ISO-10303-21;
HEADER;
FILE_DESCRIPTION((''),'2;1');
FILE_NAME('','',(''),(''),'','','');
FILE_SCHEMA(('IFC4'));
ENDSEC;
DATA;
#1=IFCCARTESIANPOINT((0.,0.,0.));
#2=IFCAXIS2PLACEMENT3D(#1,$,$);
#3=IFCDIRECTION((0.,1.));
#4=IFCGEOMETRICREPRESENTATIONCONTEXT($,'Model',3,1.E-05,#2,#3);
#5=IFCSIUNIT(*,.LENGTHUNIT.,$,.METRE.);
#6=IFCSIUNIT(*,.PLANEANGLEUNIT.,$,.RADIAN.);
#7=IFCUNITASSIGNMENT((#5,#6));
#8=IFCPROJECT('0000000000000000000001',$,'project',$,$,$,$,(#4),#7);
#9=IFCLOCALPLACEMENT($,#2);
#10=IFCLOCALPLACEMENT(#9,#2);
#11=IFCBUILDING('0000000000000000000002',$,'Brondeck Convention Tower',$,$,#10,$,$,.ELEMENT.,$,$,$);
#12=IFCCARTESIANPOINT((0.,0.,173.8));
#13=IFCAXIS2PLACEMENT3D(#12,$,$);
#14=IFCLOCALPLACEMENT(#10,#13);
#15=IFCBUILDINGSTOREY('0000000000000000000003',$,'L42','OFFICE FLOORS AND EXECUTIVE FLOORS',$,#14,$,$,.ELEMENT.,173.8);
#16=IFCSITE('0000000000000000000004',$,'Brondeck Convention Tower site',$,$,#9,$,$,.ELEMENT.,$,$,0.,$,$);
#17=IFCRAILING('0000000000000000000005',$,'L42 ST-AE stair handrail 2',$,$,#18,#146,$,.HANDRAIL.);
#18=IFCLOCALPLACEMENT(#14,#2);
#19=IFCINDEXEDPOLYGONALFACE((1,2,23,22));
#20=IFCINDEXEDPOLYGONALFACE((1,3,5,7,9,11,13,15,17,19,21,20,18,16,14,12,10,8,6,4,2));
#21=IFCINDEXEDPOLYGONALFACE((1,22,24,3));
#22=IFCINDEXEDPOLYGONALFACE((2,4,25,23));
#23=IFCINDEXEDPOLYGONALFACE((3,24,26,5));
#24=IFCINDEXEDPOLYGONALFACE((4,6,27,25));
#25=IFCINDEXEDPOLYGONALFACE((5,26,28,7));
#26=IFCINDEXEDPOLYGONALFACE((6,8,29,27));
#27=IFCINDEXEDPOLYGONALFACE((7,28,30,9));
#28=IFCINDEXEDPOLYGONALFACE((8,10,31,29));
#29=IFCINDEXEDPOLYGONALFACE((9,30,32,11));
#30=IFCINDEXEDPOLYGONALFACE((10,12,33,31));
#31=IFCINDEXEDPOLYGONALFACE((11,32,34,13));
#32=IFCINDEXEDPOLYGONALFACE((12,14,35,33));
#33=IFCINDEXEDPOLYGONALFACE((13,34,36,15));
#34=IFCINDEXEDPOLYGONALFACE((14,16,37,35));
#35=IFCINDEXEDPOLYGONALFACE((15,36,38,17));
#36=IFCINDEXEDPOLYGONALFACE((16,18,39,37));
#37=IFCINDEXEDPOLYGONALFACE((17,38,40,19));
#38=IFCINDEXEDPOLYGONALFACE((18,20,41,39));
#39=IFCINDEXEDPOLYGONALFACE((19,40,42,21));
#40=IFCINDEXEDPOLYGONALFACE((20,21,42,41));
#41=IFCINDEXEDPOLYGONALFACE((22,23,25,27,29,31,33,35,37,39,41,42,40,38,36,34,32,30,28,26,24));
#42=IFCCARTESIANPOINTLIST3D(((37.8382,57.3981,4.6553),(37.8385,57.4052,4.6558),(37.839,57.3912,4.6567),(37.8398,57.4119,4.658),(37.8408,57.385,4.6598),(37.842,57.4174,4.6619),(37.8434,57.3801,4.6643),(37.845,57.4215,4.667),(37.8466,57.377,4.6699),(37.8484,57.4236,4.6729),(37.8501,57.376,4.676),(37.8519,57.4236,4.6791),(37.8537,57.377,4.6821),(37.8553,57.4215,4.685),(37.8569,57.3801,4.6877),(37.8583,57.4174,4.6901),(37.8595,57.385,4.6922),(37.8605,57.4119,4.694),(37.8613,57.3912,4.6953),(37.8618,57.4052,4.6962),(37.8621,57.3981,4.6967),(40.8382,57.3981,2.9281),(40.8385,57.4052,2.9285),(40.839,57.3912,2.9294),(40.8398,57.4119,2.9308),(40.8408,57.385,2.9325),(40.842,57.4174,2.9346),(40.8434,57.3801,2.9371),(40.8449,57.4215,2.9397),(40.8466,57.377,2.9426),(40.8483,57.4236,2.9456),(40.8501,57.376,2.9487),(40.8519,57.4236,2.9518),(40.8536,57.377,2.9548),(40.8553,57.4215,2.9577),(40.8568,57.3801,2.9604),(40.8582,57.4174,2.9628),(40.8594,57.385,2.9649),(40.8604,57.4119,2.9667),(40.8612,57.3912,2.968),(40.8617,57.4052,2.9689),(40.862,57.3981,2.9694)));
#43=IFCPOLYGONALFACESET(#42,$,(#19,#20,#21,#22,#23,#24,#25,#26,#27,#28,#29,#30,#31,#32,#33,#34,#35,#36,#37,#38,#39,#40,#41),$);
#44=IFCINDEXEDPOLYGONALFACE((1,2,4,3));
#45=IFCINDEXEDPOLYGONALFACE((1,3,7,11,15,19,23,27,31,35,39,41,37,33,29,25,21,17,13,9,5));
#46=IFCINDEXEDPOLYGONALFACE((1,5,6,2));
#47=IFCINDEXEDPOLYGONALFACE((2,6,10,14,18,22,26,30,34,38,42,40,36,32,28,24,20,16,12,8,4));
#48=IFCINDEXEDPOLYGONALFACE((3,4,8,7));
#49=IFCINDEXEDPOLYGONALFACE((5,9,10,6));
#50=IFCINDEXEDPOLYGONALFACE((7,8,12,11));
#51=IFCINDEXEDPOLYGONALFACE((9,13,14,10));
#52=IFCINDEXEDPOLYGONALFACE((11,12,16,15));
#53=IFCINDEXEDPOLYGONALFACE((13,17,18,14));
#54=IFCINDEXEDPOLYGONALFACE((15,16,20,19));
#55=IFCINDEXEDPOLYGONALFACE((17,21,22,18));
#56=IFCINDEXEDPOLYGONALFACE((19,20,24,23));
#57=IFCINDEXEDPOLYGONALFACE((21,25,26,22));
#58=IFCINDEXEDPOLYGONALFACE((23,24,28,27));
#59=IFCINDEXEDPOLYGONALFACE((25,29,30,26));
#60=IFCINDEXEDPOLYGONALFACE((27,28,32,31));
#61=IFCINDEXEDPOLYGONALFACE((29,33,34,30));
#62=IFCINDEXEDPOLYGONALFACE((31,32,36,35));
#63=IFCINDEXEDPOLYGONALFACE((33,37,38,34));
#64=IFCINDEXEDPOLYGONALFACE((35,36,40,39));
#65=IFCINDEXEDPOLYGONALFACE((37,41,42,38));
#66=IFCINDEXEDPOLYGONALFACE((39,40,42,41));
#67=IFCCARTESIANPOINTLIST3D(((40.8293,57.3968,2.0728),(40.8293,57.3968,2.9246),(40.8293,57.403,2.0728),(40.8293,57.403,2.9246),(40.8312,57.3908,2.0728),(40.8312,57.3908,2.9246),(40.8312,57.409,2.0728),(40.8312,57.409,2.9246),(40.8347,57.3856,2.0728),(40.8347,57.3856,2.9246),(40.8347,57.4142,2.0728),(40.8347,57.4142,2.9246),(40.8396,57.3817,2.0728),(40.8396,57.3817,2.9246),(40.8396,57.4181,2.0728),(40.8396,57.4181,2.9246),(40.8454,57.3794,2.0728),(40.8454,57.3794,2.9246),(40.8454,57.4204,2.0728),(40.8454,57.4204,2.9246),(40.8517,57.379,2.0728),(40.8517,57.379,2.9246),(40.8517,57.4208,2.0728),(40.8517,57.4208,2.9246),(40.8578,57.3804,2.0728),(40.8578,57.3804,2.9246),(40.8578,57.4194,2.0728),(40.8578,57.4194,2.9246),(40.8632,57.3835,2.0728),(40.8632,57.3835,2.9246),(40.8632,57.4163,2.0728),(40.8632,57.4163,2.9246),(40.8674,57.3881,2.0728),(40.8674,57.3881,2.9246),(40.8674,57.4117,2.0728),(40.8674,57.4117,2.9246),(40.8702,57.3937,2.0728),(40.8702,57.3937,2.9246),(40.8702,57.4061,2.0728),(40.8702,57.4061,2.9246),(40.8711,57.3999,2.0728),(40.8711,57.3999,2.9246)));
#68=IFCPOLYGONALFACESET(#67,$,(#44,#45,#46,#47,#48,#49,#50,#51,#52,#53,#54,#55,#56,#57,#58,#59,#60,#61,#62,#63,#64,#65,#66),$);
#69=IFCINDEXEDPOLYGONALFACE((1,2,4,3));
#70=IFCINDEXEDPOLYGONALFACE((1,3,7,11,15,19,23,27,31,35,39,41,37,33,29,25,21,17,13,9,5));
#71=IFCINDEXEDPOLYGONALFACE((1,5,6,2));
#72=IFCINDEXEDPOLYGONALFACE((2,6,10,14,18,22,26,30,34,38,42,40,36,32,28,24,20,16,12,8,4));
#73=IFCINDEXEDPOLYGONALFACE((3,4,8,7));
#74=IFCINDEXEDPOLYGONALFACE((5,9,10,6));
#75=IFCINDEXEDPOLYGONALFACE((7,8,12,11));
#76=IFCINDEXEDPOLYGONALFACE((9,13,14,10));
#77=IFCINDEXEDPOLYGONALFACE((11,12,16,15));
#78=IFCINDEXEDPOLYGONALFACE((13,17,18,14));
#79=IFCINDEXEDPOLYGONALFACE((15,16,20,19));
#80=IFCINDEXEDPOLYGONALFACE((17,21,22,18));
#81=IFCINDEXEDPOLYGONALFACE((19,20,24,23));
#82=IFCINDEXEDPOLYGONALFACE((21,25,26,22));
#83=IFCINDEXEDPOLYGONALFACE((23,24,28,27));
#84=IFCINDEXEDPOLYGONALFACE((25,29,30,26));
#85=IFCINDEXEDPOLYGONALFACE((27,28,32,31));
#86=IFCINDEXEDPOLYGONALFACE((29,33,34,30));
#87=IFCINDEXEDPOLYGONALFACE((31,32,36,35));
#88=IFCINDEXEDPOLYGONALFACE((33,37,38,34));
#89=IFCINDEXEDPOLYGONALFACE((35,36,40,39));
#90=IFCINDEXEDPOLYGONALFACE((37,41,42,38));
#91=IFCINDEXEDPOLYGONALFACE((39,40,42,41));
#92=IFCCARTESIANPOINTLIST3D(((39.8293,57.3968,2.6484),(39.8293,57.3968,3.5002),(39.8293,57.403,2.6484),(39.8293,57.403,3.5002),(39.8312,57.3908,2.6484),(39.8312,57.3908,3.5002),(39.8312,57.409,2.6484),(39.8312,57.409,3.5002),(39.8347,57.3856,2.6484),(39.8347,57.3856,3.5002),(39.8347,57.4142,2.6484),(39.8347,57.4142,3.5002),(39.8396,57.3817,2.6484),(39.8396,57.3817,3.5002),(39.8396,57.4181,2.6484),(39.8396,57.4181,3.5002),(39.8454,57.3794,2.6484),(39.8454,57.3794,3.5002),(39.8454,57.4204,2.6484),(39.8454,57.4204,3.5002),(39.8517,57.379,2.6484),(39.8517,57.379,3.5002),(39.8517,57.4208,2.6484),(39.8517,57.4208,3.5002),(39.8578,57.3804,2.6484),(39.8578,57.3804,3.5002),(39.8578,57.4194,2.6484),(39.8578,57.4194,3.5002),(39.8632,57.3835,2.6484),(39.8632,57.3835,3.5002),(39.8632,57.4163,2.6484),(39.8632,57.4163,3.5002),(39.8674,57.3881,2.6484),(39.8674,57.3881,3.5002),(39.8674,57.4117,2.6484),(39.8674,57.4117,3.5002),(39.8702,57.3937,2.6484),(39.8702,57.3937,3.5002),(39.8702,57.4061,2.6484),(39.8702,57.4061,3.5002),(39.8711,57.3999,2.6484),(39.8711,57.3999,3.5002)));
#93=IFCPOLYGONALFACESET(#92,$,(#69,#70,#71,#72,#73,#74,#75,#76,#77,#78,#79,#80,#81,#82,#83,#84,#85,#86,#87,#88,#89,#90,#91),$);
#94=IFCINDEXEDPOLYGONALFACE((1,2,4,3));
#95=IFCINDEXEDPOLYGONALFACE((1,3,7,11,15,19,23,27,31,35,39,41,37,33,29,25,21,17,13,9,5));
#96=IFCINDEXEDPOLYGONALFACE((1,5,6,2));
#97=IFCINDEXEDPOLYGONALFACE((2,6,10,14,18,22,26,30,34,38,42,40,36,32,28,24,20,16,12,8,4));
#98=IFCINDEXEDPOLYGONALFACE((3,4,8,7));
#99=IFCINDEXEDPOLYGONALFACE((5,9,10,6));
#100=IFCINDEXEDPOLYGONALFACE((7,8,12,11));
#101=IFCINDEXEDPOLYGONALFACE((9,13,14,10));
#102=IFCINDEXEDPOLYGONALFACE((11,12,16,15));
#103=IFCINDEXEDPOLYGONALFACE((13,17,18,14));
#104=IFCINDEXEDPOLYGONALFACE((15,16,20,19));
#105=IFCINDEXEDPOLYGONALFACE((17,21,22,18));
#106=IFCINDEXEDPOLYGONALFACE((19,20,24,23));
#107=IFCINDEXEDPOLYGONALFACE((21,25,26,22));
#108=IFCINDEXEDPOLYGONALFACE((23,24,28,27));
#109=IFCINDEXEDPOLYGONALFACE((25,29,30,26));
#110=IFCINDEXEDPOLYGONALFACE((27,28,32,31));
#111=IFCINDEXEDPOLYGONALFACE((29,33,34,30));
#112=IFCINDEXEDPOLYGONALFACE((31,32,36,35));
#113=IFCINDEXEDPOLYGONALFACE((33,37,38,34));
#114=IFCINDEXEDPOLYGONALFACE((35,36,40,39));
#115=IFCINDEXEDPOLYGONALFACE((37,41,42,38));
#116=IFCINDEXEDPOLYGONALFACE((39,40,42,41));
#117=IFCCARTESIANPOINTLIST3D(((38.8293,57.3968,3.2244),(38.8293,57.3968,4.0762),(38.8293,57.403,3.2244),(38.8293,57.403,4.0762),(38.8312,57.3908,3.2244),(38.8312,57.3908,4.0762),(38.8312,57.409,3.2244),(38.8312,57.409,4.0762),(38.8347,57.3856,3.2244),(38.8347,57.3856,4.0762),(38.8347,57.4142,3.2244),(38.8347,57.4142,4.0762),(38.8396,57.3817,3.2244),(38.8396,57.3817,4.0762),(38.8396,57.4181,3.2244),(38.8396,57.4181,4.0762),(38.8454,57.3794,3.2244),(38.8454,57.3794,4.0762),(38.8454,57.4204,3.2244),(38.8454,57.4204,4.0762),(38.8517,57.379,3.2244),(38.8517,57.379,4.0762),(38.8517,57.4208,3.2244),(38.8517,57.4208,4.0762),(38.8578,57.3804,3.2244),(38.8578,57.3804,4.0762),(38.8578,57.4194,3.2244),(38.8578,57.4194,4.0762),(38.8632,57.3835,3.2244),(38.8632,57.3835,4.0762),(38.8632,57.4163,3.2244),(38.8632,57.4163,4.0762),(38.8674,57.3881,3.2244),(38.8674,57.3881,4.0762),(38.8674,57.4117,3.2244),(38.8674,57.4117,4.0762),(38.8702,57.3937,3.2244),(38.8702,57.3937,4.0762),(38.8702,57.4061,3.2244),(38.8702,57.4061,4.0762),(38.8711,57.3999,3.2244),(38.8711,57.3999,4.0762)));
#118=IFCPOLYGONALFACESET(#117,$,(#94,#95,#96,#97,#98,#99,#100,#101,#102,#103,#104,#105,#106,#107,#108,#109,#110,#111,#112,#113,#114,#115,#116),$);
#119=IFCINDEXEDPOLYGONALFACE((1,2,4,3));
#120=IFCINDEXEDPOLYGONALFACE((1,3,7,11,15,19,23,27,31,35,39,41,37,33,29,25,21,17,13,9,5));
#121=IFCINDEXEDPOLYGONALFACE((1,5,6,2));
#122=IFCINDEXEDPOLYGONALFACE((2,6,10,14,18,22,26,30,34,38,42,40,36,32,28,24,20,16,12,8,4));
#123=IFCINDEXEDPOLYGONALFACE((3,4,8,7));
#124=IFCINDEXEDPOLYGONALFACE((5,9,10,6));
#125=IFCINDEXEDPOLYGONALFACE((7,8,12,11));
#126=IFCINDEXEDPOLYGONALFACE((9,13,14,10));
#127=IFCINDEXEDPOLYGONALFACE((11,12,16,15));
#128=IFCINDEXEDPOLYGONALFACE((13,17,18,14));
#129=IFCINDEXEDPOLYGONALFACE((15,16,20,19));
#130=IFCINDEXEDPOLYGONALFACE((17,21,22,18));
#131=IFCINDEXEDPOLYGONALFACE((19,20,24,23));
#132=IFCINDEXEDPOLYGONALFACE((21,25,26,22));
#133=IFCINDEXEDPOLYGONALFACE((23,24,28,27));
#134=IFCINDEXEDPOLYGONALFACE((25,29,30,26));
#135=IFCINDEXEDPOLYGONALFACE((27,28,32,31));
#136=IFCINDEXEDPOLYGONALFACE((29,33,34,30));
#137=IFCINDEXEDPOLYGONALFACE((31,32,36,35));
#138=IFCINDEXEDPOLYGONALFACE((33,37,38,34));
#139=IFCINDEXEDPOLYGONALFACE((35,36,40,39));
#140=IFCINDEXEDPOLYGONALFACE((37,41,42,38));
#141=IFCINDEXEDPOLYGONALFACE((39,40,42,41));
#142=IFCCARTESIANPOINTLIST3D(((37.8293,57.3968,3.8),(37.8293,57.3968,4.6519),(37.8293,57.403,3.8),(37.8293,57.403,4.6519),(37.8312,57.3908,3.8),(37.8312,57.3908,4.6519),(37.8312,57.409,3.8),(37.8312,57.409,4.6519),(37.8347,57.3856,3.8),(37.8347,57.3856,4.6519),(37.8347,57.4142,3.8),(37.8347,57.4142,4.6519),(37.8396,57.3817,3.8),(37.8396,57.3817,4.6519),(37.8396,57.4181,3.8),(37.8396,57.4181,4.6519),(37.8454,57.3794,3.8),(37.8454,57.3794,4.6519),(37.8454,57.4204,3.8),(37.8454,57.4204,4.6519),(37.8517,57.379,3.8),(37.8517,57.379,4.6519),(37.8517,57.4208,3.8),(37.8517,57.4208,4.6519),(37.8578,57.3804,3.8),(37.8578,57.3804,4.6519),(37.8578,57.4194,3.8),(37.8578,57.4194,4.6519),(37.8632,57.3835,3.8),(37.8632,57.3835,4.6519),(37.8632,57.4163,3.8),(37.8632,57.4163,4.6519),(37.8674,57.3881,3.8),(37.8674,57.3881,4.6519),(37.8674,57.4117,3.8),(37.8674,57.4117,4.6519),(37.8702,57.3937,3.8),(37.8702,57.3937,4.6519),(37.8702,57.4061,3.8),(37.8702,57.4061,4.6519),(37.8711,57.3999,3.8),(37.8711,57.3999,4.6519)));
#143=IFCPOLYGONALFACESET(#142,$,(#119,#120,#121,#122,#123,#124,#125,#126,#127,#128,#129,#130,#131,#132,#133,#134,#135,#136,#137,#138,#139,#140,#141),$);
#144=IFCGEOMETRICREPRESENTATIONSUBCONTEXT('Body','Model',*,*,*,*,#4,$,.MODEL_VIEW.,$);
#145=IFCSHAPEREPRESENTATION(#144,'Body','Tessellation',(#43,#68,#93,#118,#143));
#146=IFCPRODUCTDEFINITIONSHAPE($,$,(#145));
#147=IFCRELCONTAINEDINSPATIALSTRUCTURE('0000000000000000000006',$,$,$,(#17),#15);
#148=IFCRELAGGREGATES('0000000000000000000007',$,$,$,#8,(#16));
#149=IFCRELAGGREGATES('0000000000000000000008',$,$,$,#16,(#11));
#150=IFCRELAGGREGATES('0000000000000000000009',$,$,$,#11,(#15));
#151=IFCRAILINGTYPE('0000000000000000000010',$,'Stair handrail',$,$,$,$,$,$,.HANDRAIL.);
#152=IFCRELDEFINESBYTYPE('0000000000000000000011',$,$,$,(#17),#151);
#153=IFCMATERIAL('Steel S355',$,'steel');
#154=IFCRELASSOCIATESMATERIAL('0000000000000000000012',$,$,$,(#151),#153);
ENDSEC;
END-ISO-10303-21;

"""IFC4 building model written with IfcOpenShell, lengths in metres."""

from ifc_helpers import new_model, si_unit, direction, frame, origin, origin_2d, place, context, subcontext, project, spatial, circle, extrude, material, type_object, element, save


model = new_model("IFC4")

# Units and contexts
model_context = context("Model", 3, precision=1e-05, world=origin(), true_north=direction((0.0, 1.0)))
body_context = subcontext(model_context, "Body", "Model", "MODEL_VIEW")
ifc_project = project(units=[si_unit("LENGTHUNIT", "METRE"), si_unit("PLANEANGLEUNIT", "RADIAN")], contexts=[model_context])

# Site, building, storey
site_placement = place(None, origin())
site = spatial("IfcSite", under=ifc_project, at=site_placement, Name="Brondeck Convention Tower site", CompositionType="ELEMENT", RefElevation=0.0)
building_placement = place(site_placement, origin())
building = spatial("IfcBuilding", under=site, at=building_placement, Name="Brondeck Convention Tower", CompositionType="ELEMENT")
storey_placement = place(building_placement, frame((0.0, 0.0, 173.8)))
storey = spatial("IfcBuildingStorey", under=building, at=storey_placement, Name="L42", Description="OFFICE FLOORS AND EXECUTIVE FLOORS", CompositionType="ELEMENT", Elevation=173.8)

# Shared definitions
ifc_material_1 = material(Name="Steel S355", Category="steel")

# Railing
railing_type_1 = type_object("IfcRailingType", Name="Stair handrail", PredefinedType="HANDRAIL", material=ifc_material_1)
railing_1_placement = place(storey_placement, frame((40.8501, 57.3999, 2.0728)))
element("IfcRailing", 1, at=railing_1_placement, inside=storey, type_object=railing_type_1, Name="L42 ST-AE stair handrail 2", PredefinedType="HANDRAIL", context=body_context, shape_type="SweptSolid", body=[
    extrude(circle(Radius=0.0239, at=origin_2d()), frame((0.0, 0.0, 0.876), z_axis=(-0.86662, 0.0, 0.498969), x_axis=(0.0, -1.0, 0.0)), (0.0, 0.0, 1.0), 3.4617),
    extrude(circle(Radius=0.021, at=origin_2d()), origin(), (0.0, 0.0, 1.0), 0.8518),
    extrude(circle(Radius=0.021, at=origin_2d()), frame((-1.0, 0.0, 0.5757)), (0.0, 0.0, 1.0), 0.8518),
    extrude(circle(Radius=0.021, at=origin_2d()), frame((-2.0, 0.0, 1.1516)), (0.0, 0.0, 1.0), 0.8518),
    extrude(circle(Radius=0.021, at=origin_2d()), frame((-3.0, 0.0, 1.7273)), (0.0, 0.0, 1.0), 0.8518),
])

save(model, "model.ifc")
